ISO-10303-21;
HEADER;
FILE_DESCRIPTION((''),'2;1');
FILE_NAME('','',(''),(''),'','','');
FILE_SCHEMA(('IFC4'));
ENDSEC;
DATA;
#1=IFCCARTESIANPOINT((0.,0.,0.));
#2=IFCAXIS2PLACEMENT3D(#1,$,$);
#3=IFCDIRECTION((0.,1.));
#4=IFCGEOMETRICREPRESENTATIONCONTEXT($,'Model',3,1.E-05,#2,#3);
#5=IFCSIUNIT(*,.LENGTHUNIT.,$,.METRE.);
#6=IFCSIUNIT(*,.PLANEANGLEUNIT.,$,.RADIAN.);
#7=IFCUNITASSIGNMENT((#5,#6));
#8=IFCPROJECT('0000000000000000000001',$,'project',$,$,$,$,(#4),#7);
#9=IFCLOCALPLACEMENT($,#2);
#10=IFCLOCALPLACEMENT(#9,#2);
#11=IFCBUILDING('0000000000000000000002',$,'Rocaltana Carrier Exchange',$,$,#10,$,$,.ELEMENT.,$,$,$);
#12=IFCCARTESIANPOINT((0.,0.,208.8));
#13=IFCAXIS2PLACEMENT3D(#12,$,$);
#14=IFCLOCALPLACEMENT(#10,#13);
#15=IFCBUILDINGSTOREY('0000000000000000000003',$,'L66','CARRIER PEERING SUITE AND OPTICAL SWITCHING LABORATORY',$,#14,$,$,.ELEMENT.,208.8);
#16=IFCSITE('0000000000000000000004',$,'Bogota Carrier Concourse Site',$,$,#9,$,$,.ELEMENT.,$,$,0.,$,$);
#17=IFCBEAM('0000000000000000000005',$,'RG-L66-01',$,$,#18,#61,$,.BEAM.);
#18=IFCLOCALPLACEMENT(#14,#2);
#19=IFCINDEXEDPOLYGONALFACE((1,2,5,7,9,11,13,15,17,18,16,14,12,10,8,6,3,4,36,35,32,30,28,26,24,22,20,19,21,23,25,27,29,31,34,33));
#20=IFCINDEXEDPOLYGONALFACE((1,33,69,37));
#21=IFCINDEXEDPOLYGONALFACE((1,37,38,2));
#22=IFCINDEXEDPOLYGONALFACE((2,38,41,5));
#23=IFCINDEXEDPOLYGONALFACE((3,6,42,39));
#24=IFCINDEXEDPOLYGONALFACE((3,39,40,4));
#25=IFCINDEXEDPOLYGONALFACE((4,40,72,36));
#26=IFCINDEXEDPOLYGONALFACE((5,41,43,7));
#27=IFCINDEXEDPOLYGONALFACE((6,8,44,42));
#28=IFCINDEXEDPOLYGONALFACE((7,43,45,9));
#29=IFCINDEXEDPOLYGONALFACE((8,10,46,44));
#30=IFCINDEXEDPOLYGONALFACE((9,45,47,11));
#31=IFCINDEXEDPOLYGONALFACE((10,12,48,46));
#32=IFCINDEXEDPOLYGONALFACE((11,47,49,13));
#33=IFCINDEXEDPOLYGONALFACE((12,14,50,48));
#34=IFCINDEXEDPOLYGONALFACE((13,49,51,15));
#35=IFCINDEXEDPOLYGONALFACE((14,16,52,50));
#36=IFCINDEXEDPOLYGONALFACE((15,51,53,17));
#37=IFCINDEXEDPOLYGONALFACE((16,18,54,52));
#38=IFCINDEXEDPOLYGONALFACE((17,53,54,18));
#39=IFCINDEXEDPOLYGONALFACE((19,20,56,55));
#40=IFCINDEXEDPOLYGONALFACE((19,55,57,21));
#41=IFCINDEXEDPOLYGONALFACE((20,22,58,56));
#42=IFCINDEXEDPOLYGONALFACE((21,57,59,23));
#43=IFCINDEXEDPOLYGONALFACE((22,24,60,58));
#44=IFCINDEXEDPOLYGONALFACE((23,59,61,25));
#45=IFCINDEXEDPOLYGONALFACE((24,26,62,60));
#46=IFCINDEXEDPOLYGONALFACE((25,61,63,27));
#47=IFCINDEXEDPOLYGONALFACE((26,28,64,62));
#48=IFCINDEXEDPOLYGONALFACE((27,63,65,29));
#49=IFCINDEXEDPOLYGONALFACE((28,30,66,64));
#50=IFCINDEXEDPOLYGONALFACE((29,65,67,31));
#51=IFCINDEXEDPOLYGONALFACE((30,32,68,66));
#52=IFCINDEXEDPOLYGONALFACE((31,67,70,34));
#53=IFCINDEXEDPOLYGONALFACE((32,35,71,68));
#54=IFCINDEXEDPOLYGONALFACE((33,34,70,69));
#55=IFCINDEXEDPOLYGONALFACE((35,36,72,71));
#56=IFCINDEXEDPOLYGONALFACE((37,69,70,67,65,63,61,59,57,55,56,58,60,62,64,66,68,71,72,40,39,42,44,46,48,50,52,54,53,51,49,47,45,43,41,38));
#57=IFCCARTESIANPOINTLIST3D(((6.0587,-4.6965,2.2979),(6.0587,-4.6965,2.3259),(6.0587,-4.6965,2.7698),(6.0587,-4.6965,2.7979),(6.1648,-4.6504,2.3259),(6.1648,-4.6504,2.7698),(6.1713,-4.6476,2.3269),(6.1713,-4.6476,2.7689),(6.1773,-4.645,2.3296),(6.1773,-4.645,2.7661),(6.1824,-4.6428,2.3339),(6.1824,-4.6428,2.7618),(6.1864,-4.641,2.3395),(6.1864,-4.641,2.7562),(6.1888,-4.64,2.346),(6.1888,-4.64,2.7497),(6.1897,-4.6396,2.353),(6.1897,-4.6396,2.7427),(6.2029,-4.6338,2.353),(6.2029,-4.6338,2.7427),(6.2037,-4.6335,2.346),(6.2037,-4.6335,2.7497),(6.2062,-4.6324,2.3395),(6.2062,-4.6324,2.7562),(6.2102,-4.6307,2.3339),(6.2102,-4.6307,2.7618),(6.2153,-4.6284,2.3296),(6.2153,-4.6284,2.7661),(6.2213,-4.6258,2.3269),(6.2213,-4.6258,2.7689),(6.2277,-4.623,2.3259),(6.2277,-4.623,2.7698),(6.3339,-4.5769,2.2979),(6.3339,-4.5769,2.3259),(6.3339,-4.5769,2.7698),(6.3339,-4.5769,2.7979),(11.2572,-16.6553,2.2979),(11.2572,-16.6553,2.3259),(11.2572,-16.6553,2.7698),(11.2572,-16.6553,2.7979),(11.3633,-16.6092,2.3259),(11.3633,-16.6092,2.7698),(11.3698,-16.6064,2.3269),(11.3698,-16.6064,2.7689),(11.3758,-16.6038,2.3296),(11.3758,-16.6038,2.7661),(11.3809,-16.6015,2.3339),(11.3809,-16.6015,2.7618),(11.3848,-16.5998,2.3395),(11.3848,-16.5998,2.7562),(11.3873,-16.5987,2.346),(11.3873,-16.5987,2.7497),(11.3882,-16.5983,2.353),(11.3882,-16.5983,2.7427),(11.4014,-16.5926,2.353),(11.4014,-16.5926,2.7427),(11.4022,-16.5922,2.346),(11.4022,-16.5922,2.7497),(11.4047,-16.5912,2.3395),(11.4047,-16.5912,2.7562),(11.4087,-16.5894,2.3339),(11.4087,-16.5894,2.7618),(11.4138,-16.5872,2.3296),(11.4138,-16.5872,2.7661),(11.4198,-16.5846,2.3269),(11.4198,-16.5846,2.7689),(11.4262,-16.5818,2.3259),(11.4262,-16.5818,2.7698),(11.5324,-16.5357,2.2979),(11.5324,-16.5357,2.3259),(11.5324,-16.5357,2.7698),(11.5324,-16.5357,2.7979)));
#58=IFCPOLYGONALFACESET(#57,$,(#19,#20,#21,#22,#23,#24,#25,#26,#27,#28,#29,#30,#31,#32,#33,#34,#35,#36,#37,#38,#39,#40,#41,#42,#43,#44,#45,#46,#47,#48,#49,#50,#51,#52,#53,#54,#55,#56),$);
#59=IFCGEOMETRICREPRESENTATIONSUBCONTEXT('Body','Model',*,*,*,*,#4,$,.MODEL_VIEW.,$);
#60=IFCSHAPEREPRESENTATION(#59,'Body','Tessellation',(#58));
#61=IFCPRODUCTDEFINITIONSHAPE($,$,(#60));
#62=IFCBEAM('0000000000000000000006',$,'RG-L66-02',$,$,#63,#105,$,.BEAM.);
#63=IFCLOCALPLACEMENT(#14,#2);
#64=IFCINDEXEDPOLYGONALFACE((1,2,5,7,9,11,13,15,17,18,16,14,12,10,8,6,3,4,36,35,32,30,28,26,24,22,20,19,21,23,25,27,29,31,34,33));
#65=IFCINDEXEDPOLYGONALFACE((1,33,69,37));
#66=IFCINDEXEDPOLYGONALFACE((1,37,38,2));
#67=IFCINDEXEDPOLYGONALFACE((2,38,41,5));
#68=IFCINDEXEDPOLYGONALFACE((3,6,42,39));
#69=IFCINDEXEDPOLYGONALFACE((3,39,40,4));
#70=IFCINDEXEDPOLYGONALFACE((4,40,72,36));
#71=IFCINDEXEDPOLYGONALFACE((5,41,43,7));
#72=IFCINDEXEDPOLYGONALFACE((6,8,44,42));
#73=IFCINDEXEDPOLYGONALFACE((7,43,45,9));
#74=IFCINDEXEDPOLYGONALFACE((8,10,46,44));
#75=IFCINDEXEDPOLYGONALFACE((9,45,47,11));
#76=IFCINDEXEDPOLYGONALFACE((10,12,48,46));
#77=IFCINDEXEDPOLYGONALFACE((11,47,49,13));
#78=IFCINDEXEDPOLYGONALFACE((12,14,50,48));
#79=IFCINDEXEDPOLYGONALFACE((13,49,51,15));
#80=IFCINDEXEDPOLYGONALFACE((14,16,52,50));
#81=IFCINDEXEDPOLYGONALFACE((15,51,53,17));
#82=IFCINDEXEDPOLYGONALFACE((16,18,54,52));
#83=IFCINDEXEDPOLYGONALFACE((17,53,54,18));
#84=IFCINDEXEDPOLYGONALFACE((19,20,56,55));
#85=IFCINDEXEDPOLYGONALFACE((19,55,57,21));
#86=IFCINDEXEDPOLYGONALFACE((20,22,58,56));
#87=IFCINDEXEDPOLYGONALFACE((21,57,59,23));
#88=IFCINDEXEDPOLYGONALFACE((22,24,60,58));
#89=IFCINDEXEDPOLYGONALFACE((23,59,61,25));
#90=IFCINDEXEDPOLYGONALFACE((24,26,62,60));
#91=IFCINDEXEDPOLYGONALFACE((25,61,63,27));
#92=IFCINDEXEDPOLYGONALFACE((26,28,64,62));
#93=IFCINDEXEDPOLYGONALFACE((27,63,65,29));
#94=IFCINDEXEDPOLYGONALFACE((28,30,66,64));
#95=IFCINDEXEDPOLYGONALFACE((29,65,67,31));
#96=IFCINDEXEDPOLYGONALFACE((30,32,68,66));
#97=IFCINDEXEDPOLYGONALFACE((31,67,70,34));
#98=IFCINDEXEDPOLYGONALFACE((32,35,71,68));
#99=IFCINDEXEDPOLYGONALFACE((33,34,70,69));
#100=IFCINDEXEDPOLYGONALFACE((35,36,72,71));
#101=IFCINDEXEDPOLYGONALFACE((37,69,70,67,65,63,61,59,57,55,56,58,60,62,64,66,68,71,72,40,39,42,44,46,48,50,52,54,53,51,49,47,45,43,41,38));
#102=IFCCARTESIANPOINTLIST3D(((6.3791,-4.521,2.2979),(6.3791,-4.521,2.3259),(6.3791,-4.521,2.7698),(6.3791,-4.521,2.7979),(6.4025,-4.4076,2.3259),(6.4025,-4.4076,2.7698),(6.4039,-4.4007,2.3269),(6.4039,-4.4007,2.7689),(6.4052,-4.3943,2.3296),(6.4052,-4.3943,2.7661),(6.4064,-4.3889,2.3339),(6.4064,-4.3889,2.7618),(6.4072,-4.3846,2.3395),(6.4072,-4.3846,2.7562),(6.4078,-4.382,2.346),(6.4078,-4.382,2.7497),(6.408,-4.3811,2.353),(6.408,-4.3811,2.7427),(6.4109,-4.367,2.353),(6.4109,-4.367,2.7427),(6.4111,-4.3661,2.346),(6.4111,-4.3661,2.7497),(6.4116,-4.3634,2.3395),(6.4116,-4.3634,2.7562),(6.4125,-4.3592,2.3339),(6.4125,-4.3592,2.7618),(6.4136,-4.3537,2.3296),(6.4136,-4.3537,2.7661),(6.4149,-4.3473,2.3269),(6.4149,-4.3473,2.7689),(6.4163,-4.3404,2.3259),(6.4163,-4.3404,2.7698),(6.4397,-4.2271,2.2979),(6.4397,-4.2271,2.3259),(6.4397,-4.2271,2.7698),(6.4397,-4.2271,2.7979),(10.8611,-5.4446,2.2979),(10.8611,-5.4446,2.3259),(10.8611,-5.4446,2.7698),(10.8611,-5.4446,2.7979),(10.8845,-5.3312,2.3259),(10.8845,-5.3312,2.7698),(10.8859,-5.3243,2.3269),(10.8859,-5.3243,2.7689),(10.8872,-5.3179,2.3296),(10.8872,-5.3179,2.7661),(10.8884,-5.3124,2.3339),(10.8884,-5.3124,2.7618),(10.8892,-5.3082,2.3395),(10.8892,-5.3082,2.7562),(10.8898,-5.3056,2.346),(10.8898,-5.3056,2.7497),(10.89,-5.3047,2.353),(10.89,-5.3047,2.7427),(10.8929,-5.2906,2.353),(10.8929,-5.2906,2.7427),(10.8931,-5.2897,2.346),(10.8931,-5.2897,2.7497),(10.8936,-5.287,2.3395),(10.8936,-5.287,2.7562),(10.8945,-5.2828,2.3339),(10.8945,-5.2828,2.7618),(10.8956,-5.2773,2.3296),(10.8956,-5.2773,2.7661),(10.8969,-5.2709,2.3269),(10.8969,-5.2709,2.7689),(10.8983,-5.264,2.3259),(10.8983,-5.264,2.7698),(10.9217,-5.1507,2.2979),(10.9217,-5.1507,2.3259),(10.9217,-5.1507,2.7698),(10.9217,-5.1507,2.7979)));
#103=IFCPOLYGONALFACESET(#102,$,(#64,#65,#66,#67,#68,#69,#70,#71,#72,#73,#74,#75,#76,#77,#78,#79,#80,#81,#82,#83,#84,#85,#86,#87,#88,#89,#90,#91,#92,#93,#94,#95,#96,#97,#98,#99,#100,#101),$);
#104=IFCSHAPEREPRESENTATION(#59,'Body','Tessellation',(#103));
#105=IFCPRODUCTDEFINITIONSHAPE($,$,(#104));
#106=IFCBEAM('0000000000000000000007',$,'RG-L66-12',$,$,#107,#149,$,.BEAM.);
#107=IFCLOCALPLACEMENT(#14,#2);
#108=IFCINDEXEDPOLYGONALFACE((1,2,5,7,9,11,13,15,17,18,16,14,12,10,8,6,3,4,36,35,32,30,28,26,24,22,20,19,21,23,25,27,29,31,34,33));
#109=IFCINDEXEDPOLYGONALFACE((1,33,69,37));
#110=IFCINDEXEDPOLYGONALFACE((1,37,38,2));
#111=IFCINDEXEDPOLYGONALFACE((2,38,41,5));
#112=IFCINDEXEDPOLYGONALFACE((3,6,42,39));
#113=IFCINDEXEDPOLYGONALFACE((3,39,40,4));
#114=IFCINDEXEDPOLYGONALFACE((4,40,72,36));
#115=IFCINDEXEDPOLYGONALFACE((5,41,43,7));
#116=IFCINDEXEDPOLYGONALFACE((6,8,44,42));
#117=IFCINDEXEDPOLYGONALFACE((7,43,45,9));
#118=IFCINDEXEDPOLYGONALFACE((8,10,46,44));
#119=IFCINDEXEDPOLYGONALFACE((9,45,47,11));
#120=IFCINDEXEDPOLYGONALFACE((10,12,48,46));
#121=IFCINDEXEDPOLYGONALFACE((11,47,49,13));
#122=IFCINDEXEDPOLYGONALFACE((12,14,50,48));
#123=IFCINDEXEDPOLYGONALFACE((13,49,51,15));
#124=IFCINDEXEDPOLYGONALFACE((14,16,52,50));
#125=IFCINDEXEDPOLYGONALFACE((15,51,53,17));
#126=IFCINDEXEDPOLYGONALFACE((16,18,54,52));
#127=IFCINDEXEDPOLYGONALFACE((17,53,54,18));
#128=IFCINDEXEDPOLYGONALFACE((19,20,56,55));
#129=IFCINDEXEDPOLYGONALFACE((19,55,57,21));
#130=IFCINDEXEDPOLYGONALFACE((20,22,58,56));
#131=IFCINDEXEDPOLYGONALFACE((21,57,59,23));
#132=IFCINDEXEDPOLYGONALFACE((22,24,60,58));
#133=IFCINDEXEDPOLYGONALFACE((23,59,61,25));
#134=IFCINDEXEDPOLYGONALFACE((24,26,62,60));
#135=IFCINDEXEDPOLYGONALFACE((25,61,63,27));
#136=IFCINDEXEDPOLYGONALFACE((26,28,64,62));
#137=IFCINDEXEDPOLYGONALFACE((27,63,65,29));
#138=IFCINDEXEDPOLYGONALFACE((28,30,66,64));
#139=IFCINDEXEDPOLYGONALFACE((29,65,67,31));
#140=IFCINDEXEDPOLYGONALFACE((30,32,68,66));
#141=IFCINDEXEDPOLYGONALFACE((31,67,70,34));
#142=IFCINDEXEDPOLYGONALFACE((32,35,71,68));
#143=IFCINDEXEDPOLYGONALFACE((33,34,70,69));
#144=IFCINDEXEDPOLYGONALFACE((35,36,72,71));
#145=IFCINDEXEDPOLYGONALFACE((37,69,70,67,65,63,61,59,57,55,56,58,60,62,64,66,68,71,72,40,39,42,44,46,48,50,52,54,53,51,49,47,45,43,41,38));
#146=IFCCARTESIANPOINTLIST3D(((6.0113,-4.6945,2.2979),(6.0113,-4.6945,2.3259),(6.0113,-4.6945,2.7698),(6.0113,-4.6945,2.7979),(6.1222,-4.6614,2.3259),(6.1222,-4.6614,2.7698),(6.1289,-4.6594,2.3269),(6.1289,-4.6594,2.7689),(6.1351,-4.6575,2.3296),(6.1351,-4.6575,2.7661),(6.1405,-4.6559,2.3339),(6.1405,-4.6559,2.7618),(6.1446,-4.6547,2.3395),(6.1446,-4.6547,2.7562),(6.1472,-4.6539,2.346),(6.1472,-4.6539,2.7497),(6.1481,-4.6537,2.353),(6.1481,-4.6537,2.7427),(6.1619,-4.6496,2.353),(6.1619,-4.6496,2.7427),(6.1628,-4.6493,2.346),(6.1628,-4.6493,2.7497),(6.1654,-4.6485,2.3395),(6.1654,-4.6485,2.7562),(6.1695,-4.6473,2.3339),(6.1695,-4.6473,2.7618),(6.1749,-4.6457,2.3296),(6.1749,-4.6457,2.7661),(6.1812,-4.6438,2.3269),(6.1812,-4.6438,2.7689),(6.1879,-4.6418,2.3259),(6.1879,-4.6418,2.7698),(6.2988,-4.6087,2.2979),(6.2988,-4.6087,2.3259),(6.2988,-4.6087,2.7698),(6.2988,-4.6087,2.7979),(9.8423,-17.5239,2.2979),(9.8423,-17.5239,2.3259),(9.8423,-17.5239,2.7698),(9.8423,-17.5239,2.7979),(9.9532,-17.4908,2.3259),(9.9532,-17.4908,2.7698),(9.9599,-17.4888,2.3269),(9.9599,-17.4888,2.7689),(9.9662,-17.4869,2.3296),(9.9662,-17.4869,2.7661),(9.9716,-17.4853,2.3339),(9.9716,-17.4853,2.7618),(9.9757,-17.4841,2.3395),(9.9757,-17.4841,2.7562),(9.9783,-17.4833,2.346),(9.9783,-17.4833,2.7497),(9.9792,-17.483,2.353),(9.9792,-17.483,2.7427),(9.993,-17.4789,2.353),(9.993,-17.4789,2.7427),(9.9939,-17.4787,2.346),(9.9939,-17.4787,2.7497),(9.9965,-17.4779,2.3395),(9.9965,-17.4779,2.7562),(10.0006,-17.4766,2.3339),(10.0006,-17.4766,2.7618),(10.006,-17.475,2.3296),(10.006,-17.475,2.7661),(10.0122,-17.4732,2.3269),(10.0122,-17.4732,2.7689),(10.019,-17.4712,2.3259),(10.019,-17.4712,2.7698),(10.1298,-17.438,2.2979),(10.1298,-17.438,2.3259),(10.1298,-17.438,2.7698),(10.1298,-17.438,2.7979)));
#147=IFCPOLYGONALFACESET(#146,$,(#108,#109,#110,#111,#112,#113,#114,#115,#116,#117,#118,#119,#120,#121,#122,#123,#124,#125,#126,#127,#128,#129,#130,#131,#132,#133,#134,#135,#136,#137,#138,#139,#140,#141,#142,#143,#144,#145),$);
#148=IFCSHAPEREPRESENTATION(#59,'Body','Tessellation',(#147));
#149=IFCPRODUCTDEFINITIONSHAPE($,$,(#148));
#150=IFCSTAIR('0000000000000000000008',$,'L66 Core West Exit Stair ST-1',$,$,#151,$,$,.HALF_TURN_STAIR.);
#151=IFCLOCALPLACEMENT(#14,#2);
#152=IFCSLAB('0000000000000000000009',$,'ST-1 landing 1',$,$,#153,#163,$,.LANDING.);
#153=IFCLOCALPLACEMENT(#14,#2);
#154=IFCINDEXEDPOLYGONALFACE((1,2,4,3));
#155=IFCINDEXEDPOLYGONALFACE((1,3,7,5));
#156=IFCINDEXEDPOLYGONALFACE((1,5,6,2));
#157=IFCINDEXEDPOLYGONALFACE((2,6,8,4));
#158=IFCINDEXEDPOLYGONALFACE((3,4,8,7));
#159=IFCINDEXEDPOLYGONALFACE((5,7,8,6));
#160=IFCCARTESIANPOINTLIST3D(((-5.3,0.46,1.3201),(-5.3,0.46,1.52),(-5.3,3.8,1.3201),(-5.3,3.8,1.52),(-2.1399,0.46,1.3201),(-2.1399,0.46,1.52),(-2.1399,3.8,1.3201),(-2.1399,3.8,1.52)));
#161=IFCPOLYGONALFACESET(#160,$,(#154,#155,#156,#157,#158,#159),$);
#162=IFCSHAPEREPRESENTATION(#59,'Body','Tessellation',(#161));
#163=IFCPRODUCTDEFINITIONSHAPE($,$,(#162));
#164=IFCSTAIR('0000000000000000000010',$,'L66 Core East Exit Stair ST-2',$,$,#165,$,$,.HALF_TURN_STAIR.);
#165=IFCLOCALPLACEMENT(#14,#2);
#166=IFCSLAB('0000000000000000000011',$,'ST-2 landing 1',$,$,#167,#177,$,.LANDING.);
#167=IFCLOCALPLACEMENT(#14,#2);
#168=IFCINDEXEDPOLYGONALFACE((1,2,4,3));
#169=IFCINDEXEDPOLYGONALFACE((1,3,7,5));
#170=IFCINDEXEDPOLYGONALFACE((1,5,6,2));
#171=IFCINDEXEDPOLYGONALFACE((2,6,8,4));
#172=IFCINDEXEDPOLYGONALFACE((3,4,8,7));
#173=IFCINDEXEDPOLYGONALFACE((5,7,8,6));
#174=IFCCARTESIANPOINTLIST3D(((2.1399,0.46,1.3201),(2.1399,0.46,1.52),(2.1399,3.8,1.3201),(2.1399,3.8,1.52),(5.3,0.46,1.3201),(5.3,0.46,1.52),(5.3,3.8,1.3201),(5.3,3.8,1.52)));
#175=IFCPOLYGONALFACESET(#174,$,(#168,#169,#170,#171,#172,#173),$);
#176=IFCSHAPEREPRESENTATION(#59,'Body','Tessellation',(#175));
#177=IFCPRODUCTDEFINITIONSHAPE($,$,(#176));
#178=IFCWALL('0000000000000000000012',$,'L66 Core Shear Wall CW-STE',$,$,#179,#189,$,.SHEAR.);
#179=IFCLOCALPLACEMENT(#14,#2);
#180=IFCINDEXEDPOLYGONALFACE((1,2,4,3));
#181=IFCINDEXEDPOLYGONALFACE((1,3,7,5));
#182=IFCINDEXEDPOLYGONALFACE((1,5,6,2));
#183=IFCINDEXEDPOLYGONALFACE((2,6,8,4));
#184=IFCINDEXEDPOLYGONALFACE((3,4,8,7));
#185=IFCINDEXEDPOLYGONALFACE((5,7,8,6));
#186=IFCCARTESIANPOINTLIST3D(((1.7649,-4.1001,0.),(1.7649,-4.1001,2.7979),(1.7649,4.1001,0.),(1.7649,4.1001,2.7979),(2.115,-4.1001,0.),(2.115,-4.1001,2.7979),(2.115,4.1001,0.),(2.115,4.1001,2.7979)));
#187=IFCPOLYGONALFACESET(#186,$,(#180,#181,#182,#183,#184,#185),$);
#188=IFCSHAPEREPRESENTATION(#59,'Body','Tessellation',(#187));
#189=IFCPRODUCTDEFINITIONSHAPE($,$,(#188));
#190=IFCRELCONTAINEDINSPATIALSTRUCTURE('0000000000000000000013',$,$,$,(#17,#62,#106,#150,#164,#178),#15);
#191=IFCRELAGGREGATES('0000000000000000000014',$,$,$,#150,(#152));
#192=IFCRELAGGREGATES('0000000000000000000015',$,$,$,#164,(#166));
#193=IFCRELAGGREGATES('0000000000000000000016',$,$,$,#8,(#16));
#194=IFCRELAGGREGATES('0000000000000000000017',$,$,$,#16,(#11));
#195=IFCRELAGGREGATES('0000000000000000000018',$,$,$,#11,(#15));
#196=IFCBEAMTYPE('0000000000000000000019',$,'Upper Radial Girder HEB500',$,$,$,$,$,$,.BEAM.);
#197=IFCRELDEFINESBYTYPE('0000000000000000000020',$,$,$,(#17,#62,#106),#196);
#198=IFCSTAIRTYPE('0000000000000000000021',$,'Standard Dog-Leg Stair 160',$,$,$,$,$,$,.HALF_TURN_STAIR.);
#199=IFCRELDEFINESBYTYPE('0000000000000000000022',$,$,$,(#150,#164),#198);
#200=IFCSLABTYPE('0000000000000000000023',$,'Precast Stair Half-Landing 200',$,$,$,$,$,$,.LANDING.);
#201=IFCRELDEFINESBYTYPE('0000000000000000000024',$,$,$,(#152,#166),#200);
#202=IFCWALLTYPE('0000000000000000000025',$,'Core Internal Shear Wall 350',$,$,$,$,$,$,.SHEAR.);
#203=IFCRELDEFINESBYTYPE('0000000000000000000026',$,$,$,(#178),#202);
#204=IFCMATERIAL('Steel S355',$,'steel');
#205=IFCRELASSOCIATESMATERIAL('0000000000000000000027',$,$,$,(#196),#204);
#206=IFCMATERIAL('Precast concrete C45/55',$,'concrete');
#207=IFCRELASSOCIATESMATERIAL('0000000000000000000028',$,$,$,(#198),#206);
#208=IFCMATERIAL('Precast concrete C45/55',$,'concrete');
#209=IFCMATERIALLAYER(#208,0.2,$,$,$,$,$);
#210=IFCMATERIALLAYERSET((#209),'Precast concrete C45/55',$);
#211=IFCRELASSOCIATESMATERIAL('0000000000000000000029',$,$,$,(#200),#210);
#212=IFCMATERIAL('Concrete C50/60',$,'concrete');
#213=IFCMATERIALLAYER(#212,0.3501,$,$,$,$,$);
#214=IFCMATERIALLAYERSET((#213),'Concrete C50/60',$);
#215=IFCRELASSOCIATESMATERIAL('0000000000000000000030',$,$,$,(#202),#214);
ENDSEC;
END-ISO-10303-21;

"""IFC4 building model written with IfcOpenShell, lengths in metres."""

from ifc_helpers import new_model, si_unit, direction, frame, frame_2d, origin, origin_2d, place, context, subcontext, project, spatial, polyline, rectangle, i_section, outline, extrude, material, layer, layer_set, material_profile, profile_set, type_object, element, aggregate, save


model = new_model("IFC4")

# Units and contexts
model_context = context("Model", 3, precision=1e-05, world=origin(), true_north=direction((0.0, 1.0)))
body_context = subcontext(model_context, "Body", "Model", "MODEL_VIEW")
ifc_project = project(units=[si_unit("LENGTHUNIT", "METRE"), si_unit("PLANEANGLEUNIT", "RADIAN")], contexts=[model_context])

# Site, building, storey
site_placement = place(None, origin())
site = spatial("IfcSite", under=ifc_project, at=site_placement, Name="Bogota Carrier Concourse Site", CompositionType="ELEMENT", RefElevation=0.0)
building_placement = place(site_placement, origin())
building = spatial("IfcBuilding", under=site, at=building_placement, Name="Rocaltana Carrier Exchange", CompositionType="ELEMENT")
storey_placement = place(building_placement, frame((0.0, 0.0, 208.8)))
storey = spatial("IfcBuildingStorey", under=building, at=storey_placement, Name="L66", Description="CARRIER PEERING SUITE AND OPTICAL SWITCHING LABORATORY", CompositionType="ELEMENT", Elevation=208.8)

# Beams
ifc_material_1 = material(Name="Steel S355", Category="steel")
ifc_material_profile_1 = material_profile(ifc_material_1, i_section(OverallWidth=0.3, OverallDepth=0.5, WebThickness=0.0144, FlangeThickness=0.0281, FilletRadius=0.0271, at=origin_2d()), Name="HEB500")
ifc_profile_set_1 = profile_set([ifc_material_profile_1], Name="Steel S355")
beam_type_1 = type_object("IfcBeamType", Name="Upper Radial Girder HEB500", PredefinedType="BEAM", material=ifc_profile_set_1)
beam_1_placement = place(storey_placement, frame((6.1963, -4.6367, 2.5479), z_axis=(0.398664, -0.917097, 0.0), x_axis=(0.917097, 0.398664, 0.0)))
element("IfcBeam", 1, at=beam_1_placement, inside=storey, type_object=beam_type_1, Name="RG-L66-01", PredefinedType="BEAM", context=body_context, shape_type="SweptSolid", body=[
    extrude(i_section(OverallWidth=0.3, OverallDepth=0.5, WebThickness=0.0144, FlangeThickness=0.0281, FilletRadius=0.0271, at=origin_2d()), origin(), (0.0, 0.0, 1.0), 13.0398),
])
beam_2_placement = place(storey_placement, frame((6.4094, -4.374, 2.5479), z_axis=(0.979421, -0.201828, 0.0), x_axis=(0.201828, 0.979421, 0.0)))
element("IfcBeam", 2, at=beam_2_placement, inside=storey, type_object=beam_type_1, Name="RG-L66-02", PredefinedType="BEAM", context=body_context, shape_type="SweptSolid", body=[
    extrude(i_section(OverallWidth=0.3, OverallDepth=0.5, WebThickness=0.0144, FlangeThickness=0.0281, FilletRadius=0.0271, at=origin_2d()), origin(), (0.0, 0.0, 1.0), 4.5762),
])
beam_3_placement = place(storey_placement, frame((6.155, -4.6516, 2.5479), z_axis=(0.286131, -0.95819, 0.0), x_axis=(0.95819, 0.286131, 0.0)))
element("IfcBeam", 3, at=beam_3_placement, inside=storey, type_object=beam_type_1, Name="RG-L66-12", PredefinedType="BEAM", context=body_context, shape_type="SweptSolid", body=[
    extrude(i_section(OverallWidth=0.3, OverallDepth=0.5, WebThickness=0.0144, FlangeThickness=0.0281, FilletRadius=0.0271, at=origin_2d()), origin(), (0.0, 0.0, 1.0), 13.3892),
])

# Stairs, slabs
ifc_material_2 = material(Name="Precast concrete C45/55", Category="concrete")
stair_type = type_object("IfcStairType", Name="Standard Dog-Leg Stair 160", PredefinedType="HALF_TURN_STAIR", material=ifc_material_2)
stair_1_placement = place(storey_placement, origin())
stair_1 = element("IfcStair", 4, at=stair_1_placement, inside=storey, type_object=stair_type, Name="L66 Core West Exit Stair ST-1", PredefinedType="HALF_TURN_STAIR")
ifc_material_3 = material(Name="Precast concrete C45/55", Category="concrete")
ifc_layer_1 = layer(ifc_material_3, 0.2)
ifc_layer_set_1 = layer_set([ifc_layer_1], Name="Precast concrete C45/55")
slab_type = type_object("IfcSlabType", Name="Precast Stair Half-Landing 200", PredefinedType="LANDING", material=ifc_layer_set_1)
slab_1_placement = place(storey_placement, frame((0.0, 0.0, 1.3201)))
slab_1 = element("IfcSlab", 5, at=slab_1_placement, type_object=slab_type, Name="ST-1 landing 1", PredefinedType="LANDING", context=body_context, shape_type="SweptSolid", body=[
    extrude(outline(polyline([(-2.1399, 0.46), (-2.1399, 3.8), (-5.3, 3.8), (-5.3, 0.46), (-2.1399, 0.46)])), origin(), (0.0, 0.0, 1.0), 0.2),
])
aggregate(stair_1, [slab_1])
stair_2_placement = place(storey_placement, origin())
stair_2 = element("IfcStair", 6, at=stair_2_placement, inside=storey, type_object=stair_type, Name="L66 Core East Exit Stair ST-2", PredefinedType="HALF_TURN_STAIR")
slab_2_placement = place(storey_placement, frame((0.0, 0.0, 1.3201)))
slab_2 = element("IfcSlab", 7, at=slab_2_placement, type_object=slab_type, Name="ST-2 landing 1", PredefinedType="LANDING", context=body_context, shape_type="SweptSolid", body=[
    extrude(outline(polyline([(5.3, 0.46), (5.3, 3.8), (2.1399, 3.8), (2.1399, 0.46), (5.3, 0.46)])), origin(), (0.0, 0.0, 1.0), 0.2),
])

# Wall
ifc_material_4 = material(Name="Concrete C50/60", Category="concrete")
ifc_layer_2 = layer(ifc_material_4, 0.3501)
ifc_layer_set_2 = layer_set([ifc_layer_2], Name="Concrete C50/60")
wall_type_1 = type_object("IfcWallType", Name="Core Internal Shear Wall 350", PredefinedType="SHEAR", material=ifc_layer_set_2)
wall_1_placement = place(storey_placement, frame((1.9399, -4.1001, 0.0), z_axis=(0.0, 0.0, 1.0), x_axis=(0.0, 1.0, 0.0)))
element("IfcWall", 8, at=wall_1_placement, inside=storey, type_object=wall_type_1, Name="L66 Core Shear Wall CW-STE", PredefinedType="SHEAR", context=body_context, shape_type="SweptSolid", body=[
    extrude(rectangle(XDim=8.2002, YDim=0.3501, at=frame_2d((4.1001, 0.0))), origin(), (0.0, 0.0, 1.0), 2.7979),
])

aggregate(stair_2, [slab_2])

save(model, "model.ifc")
